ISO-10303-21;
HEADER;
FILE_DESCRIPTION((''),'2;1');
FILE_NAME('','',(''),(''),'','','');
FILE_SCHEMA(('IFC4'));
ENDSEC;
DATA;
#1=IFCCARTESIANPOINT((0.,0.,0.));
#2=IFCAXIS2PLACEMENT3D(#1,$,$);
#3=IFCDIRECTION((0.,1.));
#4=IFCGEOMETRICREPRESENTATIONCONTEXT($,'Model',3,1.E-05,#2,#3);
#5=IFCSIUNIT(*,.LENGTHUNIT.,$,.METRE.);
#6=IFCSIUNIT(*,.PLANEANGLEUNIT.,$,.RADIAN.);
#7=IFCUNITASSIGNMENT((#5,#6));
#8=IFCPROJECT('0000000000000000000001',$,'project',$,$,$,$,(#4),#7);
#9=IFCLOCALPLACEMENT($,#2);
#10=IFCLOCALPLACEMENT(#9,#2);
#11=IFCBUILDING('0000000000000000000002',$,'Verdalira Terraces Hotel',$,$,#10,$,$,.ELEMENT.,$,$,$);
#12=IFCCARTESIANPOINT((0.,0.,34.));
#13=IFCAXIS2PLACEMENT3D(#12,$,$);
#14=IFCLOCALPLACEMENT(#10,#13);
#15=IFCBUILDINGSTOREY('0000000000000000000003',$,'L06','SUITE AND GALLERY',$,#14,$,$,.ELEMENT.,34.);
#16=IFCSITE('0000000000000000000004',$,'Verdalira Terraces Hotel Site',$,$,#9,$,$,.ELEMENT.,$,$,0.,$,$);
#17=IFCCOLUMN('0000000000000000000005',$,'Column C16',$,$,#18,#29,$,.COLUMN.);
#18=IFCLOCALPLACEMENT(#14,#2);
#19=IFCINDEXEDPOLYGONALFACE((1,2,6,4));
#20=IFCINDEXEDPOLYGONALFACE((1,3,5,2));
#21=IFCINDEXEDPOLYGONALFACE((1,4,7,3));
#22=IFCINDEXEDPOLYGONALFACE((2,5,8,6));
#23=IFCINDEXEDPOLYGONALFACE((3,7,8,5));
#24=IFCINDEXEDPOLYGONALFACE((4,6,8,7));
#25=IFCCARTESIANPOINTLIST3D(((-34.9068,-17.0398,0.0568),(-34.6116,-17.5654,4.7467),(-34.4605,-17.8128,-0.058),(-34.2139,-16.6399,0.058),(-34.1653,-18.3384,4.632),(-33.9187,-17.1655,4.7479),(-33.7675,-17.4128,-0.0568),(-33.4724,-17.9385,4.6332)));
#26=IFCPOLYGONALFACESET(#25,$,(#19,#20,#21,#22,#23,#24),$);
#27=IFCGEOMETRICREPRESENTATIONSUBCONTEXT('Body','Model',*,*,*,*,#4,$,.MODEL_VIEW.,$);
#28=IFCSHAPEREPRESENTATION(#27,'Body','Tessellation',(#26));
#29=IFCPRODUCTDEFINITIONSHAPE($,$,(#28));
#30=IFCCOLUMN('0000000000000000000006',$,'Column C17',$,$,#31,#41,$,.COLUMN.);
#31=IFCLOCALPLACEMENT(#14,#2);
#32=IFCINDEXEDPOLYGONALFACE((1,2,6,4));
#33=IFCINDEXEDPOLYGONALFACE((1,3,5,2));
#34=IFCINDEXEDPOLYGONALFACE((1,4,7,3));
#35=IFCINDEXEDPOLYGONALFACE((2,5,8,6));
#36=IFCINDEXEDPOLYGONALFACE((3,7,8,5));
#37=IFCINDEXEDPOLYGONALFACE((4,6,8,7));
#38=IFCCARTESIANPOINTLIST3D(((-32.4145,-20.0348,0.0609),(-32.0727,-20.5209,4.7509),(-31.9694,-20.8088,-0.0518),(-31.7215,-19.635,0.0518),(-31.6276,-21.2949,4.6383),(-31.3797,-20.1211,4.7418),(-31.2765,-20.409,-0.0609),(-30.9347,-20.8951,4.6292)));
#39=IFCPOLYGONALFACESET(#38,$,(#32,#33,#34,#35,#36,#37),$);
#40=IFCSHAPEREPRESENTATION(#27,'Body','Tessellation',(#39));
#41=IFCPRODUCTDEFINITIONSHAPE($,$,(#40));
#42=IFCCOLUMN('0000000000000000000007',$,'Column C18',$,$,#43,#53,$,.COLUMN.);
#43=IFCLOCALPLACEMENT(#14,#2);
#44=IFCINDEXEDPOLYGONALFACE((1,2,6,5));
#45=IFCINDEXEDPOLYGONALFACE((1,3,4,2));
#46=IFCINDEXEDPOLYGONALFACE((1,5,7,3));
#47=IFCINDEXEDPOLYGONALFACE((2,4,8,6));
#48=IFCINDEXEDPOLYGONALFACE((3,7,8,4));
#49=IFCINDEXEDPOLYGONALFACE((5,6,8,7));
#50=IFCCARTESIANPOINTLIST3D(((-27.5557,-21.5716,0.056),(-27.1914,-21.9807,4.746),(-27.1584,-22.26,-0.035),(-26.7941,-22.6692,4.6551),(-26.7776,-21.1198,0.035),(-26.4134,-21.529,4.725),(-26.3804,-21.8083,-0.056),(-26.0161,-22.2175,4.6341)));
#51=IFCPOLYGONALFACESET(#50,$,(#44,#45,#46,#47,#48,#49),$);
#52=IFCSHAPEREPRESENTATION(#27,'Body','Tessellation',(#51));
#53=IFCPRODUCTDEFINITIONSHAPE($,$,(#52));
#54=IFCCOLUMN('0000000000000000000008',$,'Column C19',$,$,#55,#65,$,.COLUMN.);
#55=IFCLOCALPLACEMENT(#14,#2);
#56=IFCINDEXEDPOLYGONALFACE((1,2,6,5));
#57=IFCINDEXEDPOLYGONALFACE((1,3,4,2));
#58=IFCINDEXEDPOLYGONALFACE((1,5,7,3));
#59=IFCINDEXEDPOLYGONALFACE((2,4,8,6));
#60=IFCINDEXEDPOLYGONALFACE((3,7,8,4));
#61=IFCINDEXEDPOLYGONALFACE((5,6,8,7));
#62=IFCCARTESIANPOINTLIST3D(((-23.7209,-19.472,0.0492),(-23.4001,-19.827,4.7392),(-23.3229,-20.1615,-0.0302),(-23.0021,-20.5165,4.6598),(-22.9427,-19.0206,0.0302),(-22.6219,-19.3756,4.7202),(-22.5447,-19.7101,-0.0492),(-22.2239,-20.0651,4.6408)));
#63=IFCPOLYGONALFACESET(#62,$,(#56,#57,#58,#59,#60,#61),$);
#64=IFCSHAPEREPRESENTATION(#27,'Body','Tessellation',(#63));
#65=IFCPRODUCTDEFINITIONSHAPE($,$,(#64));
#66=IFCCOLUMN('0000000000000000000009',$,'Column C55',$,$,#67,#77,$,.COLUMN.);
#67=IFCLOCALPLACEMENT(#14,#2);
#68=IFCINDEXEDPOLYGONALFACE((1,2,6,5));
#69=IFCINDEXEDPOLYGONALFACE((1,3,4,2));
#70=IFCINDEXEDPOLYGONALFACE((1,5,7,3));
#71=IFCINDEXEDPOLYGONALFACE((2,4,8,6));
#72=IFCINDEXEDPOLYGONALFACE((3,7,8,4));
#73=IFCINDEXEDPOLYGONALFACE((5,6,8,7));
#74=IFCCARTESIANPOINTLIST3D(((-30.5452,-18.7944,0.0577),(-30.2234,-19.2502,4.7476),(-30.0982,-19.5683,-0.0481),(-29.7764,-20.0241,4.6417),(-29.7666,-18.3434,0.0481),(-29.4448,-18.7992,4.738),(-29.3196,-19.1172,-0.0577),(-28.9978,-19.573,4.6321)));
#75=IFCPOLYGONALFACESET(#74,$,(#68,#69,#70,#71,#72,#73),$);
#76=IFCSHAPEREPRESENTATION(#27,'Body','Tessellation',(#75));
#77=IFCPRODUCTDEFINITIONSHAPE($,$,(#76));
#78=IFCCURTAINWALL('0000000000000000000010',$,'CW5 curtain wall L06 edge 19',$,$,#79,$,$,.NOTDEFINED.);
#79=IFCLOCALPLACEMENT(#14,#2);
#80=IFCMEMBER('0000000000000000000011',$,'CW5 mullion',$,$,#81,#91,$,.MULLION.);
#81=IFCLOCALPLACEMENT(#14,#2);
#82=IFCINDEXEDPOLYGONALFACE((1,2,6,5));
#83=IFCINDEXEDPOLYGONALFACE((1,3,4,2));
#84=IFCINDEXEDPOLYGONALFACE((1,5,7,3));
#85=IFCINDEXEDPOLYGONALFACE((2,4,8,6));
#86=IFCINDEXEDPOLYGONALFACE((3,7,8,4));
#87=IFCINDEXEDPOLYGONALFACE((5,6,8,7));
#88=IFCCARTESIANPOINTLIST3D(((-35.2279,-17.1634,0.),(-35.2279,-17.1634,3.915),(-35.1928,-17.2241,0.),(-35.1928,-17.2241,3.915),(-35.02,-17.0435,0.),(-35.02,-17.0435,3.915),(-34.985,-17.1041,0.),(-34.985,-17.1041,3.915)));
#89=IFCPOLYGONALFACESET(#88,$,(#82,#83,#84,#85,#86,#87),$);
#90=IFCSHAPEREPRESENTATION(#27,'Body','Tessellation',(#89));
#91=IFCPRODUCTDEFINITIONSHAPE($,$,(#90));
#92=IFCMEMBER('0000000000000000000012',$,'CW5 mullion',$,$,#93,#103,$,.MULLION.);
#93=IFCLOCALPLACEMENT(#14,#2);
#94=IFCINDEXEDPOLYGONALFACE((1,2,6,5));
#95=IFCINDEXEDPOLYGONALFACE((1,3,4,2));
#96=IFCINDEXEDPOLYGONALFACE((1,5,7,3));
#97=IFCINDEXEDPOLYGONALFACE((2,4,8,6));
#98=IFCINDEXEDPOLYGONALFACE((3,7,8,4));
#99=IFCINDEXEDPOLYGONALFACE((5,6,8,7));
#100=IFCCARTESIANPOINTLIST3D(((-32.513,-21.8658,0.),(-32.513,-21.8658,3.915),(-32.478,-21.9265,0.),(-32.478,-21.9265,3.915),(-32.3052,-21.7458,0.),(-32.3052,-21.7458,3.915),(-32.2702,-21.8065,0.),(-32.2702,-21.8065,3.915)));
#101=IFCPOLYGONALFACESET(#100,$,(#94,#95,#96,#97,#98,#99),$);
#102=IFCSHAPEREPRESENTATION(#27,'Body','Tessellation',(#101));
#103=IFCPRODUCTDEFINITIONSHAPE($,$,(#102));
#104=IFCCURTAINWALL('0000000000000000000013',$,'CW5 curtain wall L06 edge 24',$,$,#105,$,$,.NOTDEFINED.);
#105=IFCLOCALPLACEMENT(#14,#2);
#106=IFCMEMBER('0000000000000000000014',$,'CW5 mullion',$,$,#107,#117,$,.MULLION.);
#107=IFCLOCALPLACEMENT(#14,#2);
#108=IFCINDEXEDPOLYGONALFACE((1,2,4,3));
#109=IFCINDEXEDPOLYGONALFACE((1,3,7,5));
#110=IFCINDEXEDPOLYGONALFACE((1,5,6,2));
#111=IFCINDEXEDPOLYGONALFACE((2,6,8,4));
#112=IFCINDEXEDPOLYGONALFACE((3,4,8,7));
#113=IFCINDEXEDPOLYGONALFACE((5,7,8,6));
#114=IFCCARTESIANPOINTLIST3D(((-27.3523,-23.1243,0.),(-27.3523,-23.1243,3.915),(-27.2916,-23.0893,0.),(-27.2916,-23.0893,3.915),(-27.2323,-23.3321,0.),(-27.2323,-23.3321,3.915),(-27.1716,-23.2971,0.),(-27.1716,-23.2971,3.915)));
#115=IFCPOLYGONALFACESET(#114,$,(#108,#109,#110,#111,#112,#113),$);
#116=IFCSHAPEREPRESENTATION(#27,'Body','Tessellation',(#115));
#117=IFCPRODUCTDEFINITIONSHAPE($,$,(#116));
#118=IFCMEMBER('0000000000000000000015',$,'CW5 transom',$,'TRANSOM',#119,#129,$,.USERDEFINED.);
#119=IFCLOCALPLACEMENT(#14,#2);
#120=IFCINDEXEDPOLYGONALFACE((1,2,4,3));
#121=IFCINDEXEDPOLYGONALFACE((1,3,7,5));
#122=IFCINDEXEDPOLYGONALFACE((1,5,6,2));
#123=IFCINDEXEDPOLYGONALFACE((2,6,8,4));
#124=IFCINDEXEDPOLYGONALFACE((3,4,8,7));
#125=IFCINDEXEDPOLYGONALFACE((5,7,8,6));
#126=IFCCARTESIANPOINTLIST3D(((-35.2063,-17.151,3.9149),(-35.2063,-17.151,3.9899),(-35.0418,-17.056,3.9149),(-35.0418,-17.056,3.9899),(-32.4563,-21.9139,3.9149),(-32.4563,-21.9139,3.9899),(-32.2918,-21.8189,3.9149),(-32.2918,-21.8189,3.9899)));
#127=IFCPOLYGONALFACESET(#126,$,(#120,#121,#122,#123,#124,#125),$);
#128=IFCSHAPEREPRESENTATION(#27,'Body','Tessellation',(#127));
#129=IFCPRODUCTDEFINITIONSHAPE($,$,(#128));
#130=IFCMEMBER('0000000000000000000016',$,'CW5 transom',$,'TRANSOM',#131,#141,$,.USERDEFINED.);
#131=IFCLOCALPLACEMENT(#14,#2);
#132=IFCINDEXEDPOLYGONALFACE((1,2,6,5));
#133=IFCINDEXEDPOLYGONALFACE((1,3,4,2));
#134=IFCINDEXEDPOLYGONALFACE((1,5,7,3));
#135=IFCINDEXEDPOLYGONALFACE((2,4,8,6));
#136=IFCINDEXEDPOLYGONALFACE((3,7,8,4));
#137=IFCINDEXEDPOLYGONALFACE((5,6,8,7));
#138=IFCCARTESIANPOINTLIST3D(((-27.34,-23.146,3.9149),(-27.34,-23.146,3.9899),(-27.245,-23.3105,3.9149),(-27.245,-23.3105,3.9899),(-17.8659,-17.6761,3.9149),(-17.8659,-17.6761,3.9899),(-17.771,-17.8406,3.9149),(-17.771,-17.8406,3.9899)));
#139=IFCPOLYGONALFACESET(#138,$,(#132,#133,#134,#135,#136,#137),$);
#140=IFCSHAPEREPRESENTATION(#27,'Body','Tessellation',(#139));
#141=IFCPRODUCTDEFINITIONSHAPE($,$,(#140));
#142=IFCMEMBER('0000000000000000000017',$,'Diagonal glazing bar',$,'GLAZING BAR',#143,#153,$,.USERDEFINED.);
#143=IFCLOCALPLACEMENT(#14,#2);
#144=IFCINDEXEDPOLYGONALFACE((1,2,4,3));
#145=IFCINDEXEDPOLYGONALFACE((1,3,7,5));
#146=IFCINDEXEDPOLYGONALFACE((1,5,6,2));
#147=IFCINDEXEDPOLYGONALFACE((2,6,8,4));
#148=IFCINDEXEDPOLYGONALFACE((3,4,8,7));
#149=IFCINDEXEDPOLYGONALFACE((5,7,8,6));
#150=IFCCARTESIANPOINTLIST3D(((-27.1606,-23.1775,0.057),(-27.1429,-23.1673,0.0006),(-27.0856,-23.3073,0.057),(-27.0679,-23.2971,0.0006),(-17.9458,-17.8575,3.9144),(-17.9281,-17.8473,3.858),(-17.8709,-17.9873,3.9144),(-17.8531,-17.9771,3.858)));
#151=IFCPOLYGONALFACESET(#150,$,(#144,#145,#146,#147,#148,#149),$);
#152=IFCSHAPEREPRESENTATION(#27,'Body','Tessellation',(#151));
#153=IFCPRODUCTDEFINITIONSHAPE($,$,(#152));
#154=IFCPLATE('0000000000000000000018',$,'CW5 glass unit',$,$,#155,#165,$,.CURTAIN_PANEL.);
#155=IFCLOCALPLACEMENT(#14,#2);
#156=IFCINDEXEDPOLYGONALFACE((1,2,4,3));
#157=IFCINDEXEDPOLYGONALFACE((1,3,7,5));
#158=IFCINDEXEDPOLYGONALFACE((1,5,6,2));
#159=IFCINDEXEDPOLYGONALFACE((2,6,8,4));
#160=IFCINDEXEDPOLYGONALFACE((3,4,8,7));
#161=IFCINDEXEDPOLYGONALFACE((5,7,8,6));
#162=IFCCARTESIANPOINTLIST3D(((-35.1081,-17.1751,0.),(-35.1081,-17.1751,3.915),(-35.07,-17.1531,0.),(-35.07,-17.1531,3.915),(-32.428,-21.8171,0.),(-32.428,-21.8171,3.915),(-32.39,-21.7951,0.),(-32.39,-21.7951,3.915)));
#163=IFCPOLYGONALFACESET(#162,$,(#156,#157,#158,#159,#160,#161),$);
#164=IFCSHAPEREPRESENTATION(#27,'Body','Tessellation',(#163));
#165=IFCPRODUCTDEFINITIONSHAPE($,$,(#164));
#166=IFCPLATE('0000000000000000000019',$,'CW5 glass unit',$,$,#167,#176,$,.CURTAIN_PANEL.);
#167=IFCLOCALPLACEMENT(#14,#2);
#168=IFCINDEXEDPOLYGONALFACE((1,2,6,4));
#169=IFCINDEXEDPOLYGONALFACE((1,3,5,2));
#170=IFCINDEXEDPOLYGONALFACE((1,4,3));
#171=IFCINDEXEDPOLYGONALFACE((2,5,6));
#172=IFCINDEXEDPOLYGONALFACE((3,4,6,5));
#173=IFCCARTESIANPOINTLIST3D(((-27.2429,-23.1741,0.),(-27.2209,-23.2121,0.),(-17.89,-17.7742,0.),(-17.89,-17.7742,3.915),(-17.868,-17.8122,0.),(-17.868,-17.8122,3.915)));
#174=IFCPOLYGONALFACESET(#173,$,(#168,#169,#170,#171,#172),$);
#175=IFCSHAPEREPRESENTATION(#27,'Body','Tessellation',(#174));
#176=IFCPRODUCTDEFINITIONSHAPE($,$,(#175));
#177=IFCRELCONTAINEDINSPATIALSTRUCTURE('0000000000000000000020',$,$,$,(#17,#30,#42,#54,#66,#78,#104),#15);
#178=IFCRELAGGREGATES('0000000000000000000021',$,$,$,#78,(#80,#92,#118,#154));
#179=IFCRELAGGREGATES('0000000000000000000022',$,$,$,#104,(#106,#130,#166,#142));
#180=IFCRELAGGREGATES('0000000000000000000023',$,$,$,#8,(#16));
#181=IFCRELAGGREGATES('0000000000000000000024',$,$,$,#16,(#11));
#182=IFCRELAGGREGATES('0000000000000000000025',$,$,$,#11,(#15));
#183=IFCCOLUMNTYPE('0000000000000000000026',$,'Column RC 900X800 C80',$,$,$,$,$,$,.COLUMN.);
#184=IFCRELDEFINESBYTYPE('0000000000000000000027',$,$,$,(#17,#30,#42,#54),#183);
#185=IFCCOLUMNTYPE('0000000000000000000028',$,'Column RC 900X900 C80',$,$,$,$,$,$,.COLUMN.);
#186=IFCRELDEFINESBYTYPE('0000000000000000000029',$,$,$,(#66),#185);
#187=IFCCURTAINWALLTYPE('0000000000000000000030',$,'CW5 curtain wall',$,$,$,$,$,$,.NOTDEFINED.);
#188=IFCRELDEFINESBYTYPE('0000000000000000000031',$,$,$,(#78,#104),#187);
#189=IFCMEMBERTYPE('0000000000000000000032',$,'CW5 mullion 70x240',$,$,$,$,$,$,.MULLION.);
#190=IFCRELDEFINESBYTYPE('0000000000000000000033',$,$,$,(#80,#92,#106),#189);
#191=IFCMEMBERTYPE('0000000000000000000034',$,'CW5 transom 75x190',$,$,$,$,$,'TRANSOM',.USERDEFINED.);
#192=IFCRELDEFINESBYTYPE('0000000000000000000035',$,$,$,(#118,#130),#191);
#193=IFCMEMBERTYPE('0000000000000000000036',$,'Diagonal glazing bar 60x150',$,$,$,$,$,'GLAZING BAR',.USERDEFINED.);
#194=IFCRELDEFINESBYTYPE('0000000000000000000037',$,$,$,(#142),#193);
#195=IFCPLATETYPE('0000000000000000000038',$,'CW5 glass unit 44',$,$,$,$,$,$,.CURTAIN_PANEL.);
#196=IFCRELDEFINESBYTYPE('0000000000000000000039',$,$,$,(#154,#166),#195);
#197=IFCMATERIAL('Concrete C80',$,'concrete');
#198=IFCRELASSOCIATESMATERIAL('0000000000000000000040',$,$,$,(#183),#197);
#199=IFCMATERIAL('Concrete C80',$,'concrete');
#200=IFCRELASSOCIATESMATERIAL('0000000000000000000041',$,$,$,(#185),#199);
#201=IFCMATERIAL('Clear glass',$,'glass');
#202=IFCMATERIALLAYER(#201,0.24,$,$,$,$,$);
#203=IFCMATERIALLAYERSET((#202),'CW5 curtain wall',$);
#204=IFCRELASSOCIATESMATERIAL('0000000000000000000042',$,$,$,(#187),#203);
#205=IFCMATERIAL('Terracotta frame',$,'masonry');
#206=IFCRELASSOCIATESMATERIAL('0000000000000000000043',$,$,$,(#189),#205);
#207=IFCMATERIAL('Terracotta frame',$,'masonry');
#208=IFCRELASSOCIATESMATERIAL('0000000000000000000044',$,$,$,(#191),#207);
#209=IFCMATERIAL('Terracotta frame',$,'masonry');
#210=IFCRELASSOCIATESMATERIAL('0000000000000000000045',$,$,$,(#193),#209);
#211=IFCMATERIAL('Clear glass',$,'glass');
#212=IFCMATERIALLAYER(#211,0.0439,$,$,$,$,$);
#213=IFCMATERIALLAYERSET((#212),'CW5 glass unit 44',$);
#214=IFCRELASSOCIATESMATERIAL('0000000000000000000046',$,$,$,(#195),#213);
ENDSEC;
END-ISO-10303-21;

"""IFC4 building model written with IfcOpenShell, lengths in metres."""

from ifc_helpers import new_model, si_unit, direction, frame, origin, origin_2d, place, context, subcontext, project, spatial, polyline, rectangle, outline, extrude, material, layer, layer_set, material_profile, profile_set, type_object, element, aggregate, save


model = new_model("IFC4")

# Units and contexts
model_context = context("Model", 3, precision=1e-05, world=origin(), true_north=direction((0.0, 1.0)))
body_context = subcontext(model_context, "Body", "Model", "MODEL_VIEW")
ifc_project = project(units=[si_unit("LENGTHUNIT", "METRE"), si_unit("PLANEANGLEUNIT", "RADIAN")], contexts=[model_context])

# Site, building, storey
site_placement = place(None, origin())
site = spatial("IfcSite", under=ifc_project, at=site_placement, Name="Verdalira Terraces Hotel Site", CompositionType="ELEMENT", RefElevation=0.0)
building_placement = place(site_placement, origin())
building = spatial("IfcBuilding", under=site, at=building_placement, Name="Verdalira Terraces Hotel", CompositionType="ELEMENT")
storey_placement = place(building_placement, frame((0.0, 0.0, 34.0)))
storey = spatial("IfcBuildingStorey", under=building, at=storey_placement, Name="L06", Description="SUITE AND GALLERY", CompositionType="ELEMENT", Elevation=34.0)

# Columns
ifc_material_1 = material(Name="Concrete C80", Category="concrete")
ifc_material_profile_1 = material_profile(ifc_material_1, rectangle(XDim=0.8999, YDim=0.8, at=origin_2d()), Name="RC 900X800")
ifc_profile_set_1 = profile_set([ifc_material_profile_1], Name="Concrete C80")
column_type_1 = type_object("IfcColumnType", Name="Column RC 900X800 C80", PredefinedType="COLUMN", material=ifc_profile_set_1)
column_1_placement = place(storey_placement, frame((-34.3372, -17.2263, 0.0), z_axis=(0.062422, -0.111162, 0.99184), x_axis=(0.495974, -0.858929, -0.127481)))
element("IfcColumn", 1, at=column_1_placement, inside=storey, type_object=column_type_1, Name="Column C16", PredefinedType="COLUMN", context=body_context, shape_type="SweptSolid", body=[
    extrude(rectangle(XDim=0.8999, YDim=0.8, at=origin_2d()), origin(), (0.0, 0.0, 1.0), 4.7285),
])
column_2_placement = place(storey_placement, frame((-31.8455, -20.2219, 0.0), z_axis=(0.072301, -0.102822, 0.992069), x_axis=(0.494553, -0.860085, -0.125185)))
element("IfcColumn", 2, at=column_2_placement, inside=storey, type_object=column_type_1, Name="Column C17", PredefinedType="COLUMN", context=body_context, shape_type="SweptSolid", body=[
    extrude(rectangle(XDim=0.8999, YDim=0.8, at=origin_2d()), origin(), (0.0, 0.0, 1.0), 4.7275),
])
column_3_placement = place(storey_placement, frame((-26.968, -21.6899, 0.0), z_axis=(0.077143, -0.086657, 0.993247), x_axis=(0.864583, 0.501947, -0.023357)))
element("IfcColumn", 3, at=column_3_placement, inside=storey, type_object=column_type_1, Name="Column C18", PredefinedType="COLUMN", context=body_context, shape_type="SweptSolid", body=[
    extrude(rectangle(XDim=0.8999, YDim=0.8, at=origin_2d()), origin(), (0.0, 0.0, 1.0), 4.7219),
])
column_4_placement = place(storey_placement, frame((-23.1328, -19.5911, 0.0), z_axis=(0.068049, -0.075299, 0.994836), x_axis=(0.864821, 0.501633, -0.021187)))
element("IfcColumn", 4, at=column_4_placement, inside=storey, type_object=column_type_1, Name="Column C19", PredefinedType="COLUMN", context=body_context, shape_type="SweptSolid", body=[
    extrude(rectangle(XDim=0.8999, YDim=0.8, at=origin_2d()), origin(), (0.0, 0.0, 1.0), 4.7144),
])
ifc_material_2 = material(Name="Concrete C80", Category="concrete")
ifc_material_profile_2 = material_profile(ifc_material_2, rectangle(XDim=0.8999, YDim=0.8999, at=origin_2d()), Name="RC 900X900")
ifc_profile_set_2 = profile_set([ifc_material_profile_2], Name="Concrete C80")
column_type_2 = type_object("IfcColumnType", Name="Column RC 900X900 C80", PredefinedType="COLUMN", material=ifc_profile_set_2)
column_5_placement = place(storey_placement, frame((-29.9324, -18.9558, 0.0), z_axis=(0.06813, -0.096508, 0.992998), x_axis=(-0.865231, -0.501261, 0.010647)))
element("IfcColumn", 5, at=column_5_placement, inside=storey, type_object=column_type_2, Name="Column C55", PredefinedType="COLUMN", context=body_context, shape_type="SweptSolid", body=[
    extrude(rectangle(XDim=0.8999, YDim=0.8999, at=origin_2d()), origin(), (0.0, 0.0, 1.0), 4.7229),
])

# Curtain wall, members
ifc_material_3 = material(Name="Clear glass", Category="glass")
ifc_layer_1 = layer(ifc_material_3, 0.24)
ifc_layer_set_1 = layer_set([ifc_layer_1], Name="CW5 curtain wall")
curtain_wall_type = type_object("IfcCurtainWallType", Name="CW5 curtain wall", PredefinedType="NOTDEFINED", material=ifc_layer_set_1)
curtain_wall_1_placement = place(storey_placement, origin())
curtain_wall_1 = element("IfcCurtainWall", 6, at=curtain_wall_1_placement, inside=storey, type_object=curtain_wall_type, Name="CW5 curtain wall L06 edge 19", PredefinedType="NOTDEFINED")
ifc_material_4 = material(Name="Terracotta frame", Category="masonry")
ifc_material_profile_3 = material_profile(ifc_material_4, rectangle(XDim=0.0701, YDim=0.24, at=origin_2d()), Name="MU 70x240")
ifc_profile_set_3 = profile_set([ifc_material_profile_3], Name="Terracotta frame")
member_type_1 = type_object("IfcMemberType", Name="CW5 mullion 70x240", PredefinedType="MULLION", material=ifc_profile_set_3)
member_1_placement = place(storey_placement, frame((-35.1064, -17.1338, 0.0), z_axis=(0.0, 0.0, 1.0), x_axis=(0.5, -0.866025, 0.0)))
member_1 = element("IfcMember", 7, at=member_1_placement, type_object=member_type_1, Name="CW5 mullion", PredefinedType="MULLION", context=body_context, shape_type="SweptSolid", body=[
    extrude(rectangle(XDim=0.0701, YDim=0.24, at=origin_2d()), origin(), (0.0, 0.0, 1.0), 3.915),
])
member_2_placement = place(storey_placement, frame((-32.3916, -21.8362, 0.0), z_axis=(0.0, 0.0, 1.0), x_axis=(0.5, -0.866025, 0.0)))
member_2 = element("IfcMember", 8, at=member_2_placement, type_object=member_type_1, Name="CW5 mullion", PredefinedType="MULLION", context=body_context, shape_type="SweptSolid", body=[
    extrude(rectangle(XDim=0.0701, YDim=0.24, at=origin_2d()), origin(), (0.0, 0.0, 1.0), 3.915),
])

# Curtain wall, member
curtain_wall_2_placement = place(storey_placement, origin())
curtain_wall_2 = element("IfcCurtainWall", 9, at=curtain_wall_2_placement, inside=storey, type_object=curtain_wall_type, Name="CW5 curtain wall L06 edge 24", PredefinedType="NOTDEFINED")
member_3_placement = place(storey_placement, frame((-27.262, -23.2107, 0.0), z_axis=(0.0, 0.0, 1.0), x_axis=(0.866025, 0.5, 0.0)))
member_3 = element("IfcMember", 10, at=member_3_placement, type_object=member_type_1, Name="CW5 mullion", PredefinedType="MULLION", context=body_context, shape_type="SweptSolid", body=[
    extrude(rectangle(XDim=0.0701, YDim=0.24, at=origin_2d()), origin(), (0.0, 0.0, 1.0), 3.915),
])

# Members
ifc_material_5 = material(Name="Terracotta frame", Category="masonry")
ifc_material_profile_4 = material_profile(ifc_material_5, rectangle(XDim=0.1899, YDim=0.075, at=origin_2d()), Name="TR 75x190")
ifc_profile_set_4 = profile_set([ifc_material_profile_4], Name="Terracotta frame")
member_type_2 = type_object("IfcMemberType", Name="CW5 transom 75x190", ElementType="TRANSOM", PredefinedType="USERDEFINED", material=ifc_profile_set_4)
member_4_placement = place(storey_placement, frame((-35.124, -17.1035, 3.9524), z_axis=(0.500016, -0.866016, 0.0), x_axis=(0.866016, 0.500016, 0.0)))
member_4 = element("IfcMember", 11, at=member_4_placement, type_object=member_type_2, Name="CW5 transom", ObjectType="TRANSOM", PredefinedType="USERDEFINED", context=body_context, shape_type="SweptSolid", body=[
    extrude(rectangle(XDim=0.1899, YDim=0.075, at=origin_2d()), origin(), (0.0, 0.0, 1.0), 5.4998),
])
member_5_placement = place(storey_placement, frame((-27.2925, -23.2283, 3.9524), z_axis=(0.866022, 0.500006, 0.0), x_axis=(-0.500006, 0.866022, 0.0)))
member_5 = element("IfcMember", 12, at=member_5_placement, type_object=member_type_2, Name="CW5 transom", ObjectType="TRANSOM", PredefinedType="USERDEFINED", context=body_context, shape_type="SweptSolid", body=[
    extrude(rectangle(XDim=0.1899, YDim=0.075, at=origin_2d()), origin(), (0.0, 0.0, 1.0), 10.9397),
])
ifc_material_6 = material(Name="Terracotta frame", Category="masonry")
ifc_material_profile_5 = material_profile(ifc_material_6, rectangle(XDim=0.1499, YDim=0.0601, at=origin_2d()), Name="GB 60x150")
ifc_profile_set_5 = profile_set([ifc_material_profile_5], Name="Terracotta frame")
member_type_3 = type_object("IfcMemberType", Name="Diagonal glazing bar 60x150", ElementType="GLAZING BAR", PredefinedType="USERDEFINED", material=ifc_profile_set_5)
member_6_placement = place(storey_placement, frame((-27.1143, -23.2373, 0.0288), z_axis=(0.814179, 0.470055, 0.340823), x_axis=(-0.499991, 0.86603, 0.0)))
member_6 = element("IfcMember", 13, at=member_6_placement, type_object=member_type_3, Name="Diagonal glazing bar", ObjectType="GLAZING BAR", PredefinedType="USERDEFINED", context=body_context, shape_type="SweptSolid", body=[
    extrude(rectangle(XDim=0.1499, YDim=0.0601, at=origin_2d()), origin(), (0.0, 0.0, 1.0), 11.3179),
])

# Plates
ifc_material_7 = material(Name="Clear glass", Category="glass")
ifc_layer_2 = layer(ifc_material_7, 0.0439)
ifc_layer_set_2 = layer_set([ifc_layer_2], Name="CW5 glass unit 44")
plate_type = type_object("IfcPlateType", Name="CW5 glass unit 44", PredefinedType="CURTAIN_PANEL", material=ifc_layer_set_2)
plate_1_placement = place(storey_placement, frame((-33.749, -19.4851, 0.0), z_axis=(0.0, 0.0, 1.0), x_axis=(0.5, -0.866025, 0.0)))
plate_1 = element("IfcPlate", 14, at=plate_1_placement, type_object=plate_type, Name="CW5 glass unit", PredefinedType="CURTAIN_PANEL", context=body_context, shape_type="SweptSolid", body=[
    extrude(rectangle(XDim=5.3601, YDim=0.0439, at=origin_2d()), origin(), (0.0, 0.0, 1.0), 3.915),
])
aggregate(curtain_wall_1, [member_1, member_2, member_4, plate_1])
plate_2_placement = place(storey_placement, frame((-22.5664, -20.4741, 1.9575), z_axis=(0.5, -0.866025, 0.0), x_axis=(0.866025, 0.5, 0.0)))
plate_2 = element("IfcPlate", 15, at=plate_2_placement, type_object=plate_type, Name="CW5 glass unit", PredefinedType="CURTAIN_PANEL", context=body_context, shape_type="SweptSolid", body=[
    extrude(outline(polyline([(-5.3999, -1.9575), (5.3999, -1.9575), (5.3999, 1.9575), (-5.3999, -1.9575)])), origin(), (0.0, 0.0, 1.0), 0.0439),
])
aggregate(curtain_wall_2, [member_3, member_5, plate_2, member_6])

save(model, "model.ifc")
